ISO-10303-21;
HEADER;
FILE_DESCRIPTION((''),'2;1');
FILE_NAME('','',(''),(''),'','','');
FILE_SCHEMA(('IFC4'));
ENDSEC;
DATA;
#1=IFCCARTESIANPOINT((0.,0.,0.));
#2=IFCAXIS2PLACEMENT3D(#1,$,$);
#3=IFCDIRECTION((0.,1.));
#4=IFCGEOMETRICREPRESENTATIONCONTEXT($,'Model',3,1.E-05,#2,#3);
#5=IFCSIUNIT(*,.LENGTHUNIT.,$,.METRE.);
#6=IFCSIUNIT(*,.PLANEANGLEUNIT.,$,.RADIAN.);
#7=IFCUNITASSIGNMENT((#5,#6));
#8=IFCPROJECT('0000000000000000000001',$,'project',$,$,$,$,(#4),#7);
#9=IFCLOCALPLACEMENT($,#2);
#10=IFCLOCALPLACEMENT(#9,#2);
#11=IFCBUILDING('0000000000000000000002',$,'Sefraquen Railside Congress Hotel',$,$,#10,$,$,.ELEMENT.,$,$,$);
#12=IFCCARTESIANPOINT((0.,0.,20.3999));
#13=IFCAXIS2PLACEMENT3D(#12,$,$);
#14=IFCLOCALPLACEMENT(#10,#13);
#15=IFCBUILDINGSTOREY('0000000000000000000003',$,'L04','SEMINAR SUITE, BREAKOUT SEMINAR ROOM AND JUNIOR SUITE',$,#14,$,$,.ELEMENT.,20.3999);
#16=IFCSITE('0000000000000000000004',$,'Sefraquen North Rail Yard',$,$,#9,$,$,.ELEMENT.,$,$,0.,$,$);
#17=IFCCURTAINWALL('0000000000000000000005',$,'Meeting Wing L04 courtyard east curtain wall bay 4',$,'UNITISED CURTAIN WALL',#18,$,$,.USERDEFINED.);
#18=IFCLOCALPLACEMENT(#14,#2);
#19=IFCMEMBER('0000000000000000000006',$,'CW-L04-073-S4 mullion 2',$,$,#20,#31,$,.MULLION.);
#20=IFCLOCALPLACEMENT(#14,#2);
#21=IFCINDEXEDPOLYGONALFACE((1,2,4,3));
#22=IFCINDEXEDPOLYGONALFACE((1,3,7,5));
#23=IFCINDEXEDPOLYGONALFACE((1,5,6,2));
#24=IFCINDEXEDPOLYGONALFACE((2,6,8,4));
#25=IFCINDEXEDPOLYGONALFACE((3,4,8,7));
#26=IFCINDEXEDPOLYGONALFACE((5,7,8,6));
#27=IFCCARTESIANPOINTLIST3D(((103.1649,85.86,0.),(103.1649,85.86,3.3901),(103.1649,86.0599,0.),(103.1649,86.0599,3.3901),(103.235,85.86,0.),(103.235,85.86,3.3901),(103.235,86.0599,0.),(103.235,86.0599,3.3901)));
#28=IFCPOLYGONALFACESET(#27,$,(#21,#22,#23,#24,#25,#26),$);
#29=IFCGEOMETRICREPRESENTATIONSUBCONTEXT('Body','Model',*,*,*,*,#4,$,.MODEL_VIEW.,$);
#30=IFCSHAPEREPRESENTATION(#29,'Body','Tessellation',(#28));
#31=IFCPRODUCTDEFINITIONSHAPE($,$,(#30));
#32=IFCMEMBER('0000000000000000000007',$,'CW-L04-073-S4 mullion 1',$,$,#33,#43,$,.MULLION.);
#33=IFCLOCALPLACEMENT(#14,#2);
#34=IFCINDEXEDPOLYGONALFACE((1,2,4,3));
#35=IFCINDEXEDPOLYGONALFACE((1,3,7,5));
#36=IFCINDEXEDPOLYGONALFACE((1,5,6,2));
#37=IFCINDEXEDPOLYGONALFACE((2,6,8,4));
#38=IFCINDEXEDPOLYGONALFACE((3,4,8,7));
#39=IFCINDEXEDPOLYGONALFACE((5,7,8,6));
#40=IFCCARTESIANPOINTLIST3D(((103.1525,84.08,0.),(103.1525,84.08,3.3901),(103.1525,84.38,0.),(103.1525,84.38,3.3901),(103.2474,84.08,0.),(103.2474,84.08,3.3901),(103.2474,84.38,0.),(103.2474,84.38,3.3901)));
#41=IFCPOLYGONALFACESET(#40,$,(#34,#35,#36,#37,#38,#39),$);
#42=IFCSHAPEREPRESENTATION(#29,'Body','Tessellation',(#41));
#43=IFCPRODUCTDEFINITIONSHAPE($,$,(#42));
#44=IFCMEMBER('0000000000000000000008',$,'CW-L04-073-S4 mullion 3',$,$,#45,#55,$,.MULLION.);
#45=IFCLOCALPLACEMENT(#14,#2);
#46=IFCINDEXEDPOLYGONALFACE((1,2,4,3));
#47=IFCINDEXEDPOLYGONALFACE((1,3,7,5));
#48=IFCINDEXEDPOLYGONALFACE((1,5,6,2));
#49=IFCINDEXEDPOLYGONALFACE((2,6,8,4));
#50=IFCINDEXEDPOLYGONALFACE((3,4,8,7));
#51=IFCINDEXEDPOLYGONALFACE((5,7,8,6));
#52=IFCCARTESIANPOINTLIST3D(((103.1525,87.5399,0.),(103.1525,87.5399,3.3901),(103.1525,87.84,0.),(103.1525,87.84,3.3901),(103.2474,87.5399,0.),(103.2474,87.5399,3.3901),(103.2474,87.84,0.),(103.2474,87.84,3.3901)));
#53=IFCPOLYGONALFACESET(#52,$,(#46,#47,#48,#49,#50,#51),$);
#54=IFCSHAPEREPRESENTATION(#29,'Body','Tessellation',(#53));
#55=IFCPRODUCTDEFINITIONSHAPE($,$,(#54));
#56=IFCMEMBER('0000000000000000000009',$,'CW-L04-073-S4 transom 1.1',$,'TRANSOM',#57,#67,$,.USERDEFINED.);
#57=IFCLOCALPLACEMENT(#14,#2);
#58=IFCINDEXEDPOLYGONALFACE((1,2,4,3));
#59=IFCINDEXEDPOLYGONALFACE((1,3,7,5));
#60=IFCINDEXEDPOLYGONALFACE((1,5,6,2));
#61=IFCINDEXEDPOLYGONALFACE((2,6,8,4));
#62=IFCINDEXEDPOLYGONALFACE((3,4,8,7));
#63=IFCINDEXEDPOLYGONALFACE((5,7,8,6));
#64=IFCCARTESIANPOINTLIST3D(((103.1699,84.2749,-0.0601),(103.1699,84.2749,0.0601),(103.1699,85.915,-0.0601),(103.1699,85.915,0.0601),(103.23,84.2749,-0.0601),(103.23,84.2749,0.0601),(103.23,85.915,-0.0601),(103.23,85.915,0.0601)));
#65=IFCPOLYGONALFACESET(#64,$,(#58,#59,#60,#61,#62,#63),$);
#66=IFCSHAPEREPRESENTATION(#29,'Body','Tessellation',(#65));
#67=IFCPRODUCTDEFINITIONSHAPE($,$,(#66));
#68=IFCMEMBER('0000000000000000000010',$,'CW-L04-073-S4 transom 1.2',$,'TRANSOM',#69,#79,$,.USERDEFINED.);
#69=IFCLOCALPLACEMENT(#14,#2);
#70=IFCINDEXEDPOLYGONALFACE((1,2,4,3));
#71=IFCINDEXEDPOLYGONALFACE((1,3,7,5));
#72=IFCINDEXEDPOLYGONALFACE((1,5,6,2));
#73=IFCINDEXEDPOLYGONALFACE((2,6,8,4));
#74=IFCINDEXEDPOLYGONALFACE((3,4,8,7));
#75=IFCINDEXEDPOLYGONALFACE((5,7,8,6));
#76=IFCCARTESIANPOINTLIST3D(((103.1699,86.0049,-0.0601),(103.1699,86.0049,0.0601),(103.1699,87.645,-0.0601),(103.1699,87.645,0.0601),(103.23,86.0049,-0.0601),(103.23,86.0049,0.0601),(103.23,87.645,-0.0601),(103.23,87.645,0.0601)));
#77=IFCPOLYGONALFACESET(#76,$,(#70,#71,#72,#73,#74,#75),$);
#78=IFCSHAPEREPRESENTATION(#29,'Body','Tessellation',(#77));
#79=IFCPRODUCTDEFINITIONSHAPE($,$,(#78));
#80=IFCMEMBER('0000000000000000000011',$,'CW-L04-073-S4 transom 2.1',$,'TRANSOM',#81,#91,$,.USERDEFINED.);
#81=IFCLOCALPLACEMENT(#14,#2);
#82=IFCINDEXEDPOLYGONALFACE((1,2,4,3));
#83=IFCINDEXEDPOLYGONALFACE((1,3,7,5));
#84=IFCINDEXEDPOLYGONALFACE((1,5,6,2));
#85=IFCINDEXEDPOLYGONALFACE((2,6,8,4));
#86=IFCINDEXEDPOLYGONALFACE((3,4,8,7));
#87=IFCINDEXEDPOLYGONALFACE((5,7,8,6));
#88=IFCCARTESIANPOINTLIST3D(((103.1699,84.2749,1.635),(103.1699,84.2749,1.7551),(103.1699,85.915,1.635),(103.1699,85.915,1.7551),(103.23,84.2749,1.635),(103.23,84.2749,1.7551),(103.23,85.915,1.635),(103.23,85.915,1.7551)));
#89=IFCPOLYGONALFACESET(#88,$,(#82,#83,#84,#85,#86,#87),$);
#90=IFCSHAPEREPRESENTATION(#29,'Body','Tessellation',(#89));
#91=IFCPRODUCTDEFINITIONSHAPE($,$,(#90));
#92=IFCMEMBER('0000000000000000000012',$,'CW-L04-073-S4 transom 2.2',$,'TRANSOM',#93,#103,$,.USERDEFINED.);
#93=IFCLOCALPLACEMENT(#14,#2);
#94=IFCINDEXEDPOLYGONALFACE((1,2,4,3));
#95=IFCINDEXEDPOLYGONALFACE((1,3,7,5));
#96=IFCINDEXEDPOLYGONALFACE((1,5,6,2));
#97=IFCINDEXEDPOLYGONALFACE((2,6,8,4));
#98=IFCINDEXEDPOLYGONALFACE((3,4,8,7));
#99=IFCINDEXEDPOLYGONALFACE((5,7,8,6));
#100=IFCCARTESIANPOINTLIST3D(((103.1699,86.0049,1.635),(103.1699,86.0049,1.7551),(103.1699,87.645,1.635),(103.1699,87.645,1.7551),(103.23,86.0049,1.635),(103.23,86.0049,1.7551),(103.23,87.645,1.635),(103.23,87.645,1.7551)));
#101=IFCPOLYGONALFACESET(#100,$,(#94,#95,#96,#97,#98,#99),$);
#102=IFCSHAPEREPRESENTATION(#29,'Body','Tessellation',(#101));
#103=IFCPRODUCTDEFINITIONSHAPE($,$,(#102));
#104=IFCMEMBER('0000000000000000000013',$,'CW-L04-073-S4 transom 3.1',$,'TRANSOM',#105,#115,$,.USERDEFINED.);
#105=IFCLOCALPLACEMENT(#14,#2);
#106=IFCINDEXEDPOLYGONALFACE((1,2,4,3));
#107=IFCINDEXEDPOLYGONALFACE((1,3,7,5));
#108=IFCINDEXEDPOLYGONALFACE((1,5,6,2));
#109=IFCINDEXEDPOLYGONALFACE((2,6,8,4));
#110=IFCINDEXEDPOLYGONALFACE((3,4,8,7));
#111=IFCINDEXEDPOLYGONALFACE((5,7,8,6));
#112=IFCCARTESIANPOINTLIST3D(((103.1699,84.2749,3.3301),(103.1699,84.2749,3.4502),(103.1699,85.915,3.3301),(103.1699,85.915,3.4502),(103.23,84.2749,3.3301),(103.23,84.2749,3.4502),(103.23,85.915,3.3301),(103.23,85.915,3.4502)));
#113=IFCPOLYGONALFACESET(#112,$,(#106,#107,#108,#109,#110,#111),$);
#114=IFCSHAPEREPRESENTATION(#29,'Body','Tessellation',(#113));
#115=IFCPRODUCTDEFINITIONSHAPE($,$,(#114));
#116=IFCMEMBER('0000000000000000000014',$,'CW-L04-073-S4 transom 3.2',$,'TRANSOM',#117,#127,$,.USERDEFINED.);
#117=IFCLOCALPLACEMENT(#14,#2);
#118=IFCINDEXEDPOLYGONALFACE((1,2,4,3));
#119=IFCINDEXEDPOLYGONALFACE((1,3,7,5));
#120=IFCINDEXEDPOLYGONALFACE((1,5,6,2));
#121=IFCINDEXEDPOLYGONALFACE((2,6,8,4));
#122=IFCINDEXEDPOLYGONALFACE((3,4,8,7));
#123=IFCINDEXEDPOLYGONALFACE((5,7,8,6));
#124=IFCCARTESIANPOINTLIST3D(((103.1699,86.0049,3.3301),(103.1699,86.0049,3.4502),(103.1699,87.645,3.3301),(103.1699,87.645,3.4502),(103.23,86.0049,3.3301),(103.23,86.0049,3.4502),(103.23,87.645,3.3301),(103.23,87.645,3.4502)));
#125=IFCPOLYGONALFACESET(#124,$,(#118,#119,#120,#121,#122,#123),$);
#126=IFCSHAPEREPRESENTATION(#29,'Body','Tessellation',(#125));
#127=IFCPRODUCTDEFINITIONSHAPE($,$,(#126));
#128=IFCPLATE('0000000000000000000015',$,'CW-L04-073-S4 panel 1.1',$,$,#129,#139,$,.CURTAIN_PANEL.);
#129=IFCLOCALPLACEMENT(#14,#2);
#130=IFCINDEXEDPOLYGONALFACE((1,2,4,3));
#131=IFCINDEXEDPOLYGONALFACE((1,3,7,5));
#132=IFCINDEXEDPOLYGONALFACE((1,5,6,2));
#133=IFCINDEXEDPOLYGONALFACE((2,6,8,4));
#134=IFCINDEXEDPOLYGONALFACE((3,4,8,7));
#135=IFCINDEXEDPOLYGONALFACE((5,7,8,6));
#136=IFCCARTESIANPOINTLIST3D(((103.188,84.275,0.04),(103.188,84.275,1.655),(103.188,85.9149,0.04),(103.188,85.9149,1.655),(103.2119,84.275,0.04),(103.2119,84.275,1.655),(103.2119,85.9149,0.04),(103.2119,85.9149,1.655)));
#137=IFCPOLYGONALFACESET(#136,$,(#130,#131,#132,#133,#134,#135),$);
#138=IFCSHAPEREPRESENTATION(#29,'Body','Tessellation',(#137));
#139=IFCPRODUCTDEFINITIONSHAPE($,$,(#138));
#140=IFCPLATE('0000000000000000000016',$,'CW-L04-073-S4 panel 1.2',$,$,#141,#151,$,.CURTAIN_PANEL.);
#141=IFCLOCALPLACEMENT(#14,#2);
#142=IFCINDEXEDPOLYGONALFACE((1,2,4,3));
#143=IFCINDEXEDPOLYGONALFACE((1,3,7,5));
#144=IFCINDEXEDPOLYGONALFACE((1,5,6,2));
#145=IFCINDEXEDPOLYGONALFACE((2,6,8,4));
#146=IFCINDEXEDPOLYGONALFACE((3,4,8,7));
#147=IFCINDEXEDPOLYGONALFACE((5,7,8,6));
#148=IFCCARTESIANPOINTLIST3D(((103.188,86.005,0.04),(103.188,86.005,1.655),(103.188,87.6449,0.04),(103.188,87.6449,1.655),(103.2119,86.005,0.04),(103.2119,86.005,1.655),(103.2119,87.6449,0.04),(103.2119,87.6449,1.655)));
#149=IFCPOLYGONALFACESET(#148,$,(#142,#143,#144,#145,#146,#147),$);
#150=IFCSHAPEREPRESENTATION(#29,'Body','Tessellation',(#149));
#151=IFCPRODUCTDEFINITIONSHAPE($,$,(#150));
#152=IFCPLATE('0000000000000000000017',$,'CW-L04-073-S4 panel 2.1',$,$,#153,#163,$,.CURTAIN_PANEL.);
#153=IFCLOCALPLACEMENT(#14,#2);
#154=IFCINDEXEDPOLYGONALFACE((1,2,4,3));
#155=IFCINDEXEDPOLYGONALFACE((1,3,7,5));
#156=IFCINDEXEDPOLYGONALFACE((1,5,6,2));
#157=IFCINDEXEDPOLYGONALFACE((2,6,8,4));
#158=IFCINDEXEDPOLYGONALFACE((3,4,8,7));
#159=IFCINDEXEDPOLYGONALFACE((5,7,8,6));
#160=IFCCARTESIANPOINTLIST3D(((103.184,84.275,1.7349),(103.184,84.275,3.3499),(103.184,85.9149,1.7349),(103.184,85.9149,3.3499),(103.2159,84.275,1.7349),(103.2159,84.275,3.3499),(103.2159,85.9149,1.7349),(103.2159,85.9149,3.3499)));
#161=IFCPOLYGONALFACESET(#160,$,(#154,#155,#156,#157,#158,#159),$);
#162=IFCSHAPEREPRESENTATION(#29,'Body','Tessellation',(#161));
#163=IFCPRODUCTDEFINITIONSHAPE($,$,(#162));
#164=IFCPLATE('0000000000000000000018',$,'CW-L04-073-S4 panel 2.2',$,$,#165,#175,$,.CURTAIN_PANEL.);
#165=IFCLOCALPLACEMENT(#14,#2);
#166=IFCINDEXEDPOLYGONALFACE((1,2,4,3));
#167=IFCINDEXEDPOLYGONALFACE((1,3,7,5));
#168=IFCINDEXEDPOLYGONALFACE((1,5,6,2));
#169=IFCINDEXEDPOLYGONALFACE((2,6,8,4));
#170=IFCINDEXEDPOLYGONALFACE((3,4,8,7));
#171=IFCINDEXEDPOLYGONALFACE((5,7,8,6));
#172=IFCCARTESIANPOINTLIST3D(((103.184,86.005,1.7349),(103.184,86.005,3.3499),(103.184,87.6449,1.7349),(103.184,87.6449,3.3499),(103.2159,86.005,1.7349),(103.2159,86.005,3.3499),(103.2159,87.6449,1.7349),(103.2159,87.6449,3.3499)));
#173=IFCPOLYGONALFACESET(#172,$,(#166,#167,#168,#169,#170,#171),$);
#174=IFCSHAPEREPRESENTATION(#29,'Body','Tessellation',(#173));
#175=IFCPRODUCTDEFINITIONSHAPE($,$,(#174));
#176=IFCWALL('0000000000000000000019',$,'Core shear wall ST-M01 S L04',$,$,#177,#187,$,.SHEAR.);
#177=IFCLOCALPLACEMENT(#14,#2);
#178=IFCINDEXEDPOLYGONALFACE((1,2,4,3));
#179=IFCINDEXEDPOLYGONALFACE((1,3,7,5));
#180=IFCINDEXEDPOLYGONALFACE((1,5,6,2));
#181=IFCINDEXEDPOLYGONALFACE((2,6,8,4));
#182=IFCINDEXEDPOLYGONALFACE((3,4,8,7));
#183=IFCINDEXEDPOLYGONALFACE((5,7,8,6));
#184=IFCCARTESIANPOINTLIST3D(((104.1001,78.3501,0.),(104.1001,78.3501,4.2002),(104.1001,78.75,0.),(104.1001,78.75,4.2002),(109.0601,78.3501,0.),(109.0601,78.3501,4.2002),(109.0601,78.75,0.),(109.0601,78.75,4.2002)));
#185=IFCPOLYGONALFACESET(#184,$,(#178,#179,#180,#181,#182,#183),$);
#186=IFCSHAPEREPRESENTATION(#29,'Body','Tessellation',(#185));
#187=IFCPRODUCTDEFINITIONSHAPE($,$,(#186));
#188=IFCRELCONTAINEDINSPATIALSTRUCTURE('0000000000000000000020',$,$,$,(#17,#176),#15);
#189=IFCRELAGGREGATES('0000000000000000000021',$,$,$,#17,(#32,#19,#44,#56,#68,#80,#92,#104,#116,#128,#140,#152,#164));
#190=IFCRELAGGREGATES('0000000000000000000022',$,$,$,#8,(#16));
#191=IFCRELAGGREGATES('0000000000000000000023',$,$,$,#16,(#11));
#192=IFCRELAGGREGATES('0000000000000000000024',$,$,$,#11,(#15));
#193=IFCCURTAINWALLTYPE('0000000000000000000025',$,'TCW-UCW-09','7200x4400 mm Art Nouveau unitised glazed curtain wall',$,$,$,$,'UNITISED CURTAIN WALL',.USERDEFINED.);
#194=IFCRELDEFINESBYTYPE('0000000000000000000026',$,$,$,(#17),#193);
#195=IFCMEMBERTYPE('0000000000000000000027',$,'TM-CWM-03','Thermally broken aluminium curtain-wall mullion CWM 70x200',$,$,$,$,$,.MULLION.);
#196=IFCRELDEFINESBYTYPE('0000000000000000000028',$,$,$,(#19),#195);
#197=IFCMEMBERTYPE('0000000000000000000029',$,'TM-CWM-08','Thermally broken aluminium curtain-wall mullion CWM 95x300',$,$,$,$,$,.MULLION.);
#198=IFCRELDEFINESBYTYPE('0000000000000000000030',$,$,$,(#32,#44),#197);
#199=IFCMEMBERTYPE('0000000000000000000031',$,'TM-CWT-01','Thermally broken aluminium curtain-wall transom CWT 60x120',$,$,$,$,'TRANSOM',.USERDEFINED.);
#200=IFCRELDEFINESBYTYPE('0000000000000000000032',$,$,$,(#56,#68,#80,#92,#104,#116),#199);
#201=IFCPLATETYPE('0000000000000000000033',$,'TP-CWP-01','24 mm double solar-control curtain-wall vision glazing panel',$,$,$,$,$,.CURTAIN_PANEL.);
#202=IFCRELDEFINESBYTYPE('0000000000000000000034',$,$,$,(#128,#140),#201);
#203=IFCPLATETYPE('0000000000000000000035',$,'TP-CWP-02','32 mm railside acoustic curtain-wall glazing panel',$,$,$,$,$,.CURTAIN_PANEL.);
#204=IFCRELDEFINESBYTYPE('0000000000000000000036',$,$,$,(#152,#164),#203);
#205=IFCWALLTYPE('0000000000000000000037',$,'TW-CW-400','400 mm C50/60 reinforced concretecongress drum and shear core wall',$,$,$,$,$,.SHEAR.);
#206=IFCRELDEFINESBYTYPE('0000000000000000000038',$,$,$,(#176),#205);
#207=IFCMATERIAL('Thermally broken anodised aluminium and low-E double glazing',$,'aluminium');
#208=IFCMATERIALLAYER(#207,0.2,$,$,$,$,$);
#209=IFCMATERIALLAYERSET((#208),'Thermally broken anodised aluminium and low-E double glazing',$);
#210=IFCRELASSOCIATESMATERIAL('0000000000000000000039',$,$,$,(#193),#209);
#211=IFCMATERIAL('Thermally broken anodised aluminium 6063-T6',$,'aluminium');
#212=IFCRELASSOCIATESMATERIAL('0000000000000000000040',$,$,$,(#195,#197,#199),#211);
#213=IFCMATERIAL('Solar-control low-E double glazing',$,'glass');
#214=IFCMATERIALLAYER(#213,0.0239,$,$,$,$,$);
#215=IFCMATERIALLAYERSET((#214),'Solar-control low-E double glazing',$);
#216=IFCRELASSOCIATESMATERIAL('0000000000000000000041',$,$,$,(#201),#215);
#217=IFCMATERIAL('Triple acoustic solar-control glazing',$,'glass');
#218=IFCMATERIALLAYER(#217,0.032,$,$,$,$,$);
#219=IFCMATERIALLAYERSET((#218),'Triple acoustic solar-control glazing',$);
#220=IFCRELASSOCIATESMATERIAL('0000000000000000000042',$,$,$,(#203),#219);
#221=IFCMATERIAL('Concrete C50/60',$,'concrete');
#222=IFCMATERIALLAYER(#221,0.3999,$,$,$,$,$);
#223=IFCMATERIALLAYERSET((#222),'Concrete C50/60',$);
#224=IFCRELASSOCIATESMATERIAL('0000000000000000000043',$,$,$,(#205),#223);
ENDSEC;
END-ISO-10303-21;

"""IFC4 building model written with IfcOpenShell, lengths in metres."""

from ifc_helpers import new_model, si_unit, direction, frame, frame_2d, origin, origin_2d, place, context, subcontext, project, spatial, rectangle, extrude, material, layer, layer_set, material_profile, profile_set, type_object, element, aggregate, save


model = new_model("IFC4")

# Units and contexts
model_context = context("Model", 3, precision=1e-05, world=origin(), true_north=direction((0.0, 1.0)))
body_context = subcontext(model_context, "Body", "Model", "MODEL_VIEW")
ifc_project = project(units=[si_unit("LENGTHUNIT", "METRE"), si_unit("PLANEANGLEUNIT", "RADIAN")], contexts=[model_context])

# Site, building, storey
site_placement = place(None, origin())
site = spatial("IfcSite", under=ifc_project, at=site_placement, Name="Sefraquen North Rail Yard", CompositionType="ELEMENT", RefElevation=0.0)
building_placement = place(site_placement, origin())
building = spatial("IfcBuilding", under=site, at=building_placement, Name="Sefraquen Railside Congress Hotel", CompositionType="ELEMENT")
storey_placement = place(building_placement, frame((0.0, 0.0, 20.3999)))
storey = spatial("IfcBuildingStorey", under=building, at=storey_placement, Name="L04", Description="SEMINAR SUITE, BREAKOUT SEMINAR ROOM AND JUNIOR SUITE", CompositionType="ELEMENT", Elevation=20.3999)

# Curtain wall, members, plates
ifc_material_1 = material(Name="Thermally broken anodised aluminium and low-E double glazing", Category="aluminium")
ifc_layer_1 = layer(ifc_material_1, 0.2)
ifc_layer_set_1 = layer_set([ifc_layer_1], Name="Thermally broken anodised aluminium and low-E double glazing")
curtain_wall_type = type_object("IfcCurtainWallType", Name="TCW-UCW-09", Description="7200x4400 mm Art Nouveau unitised glazed curtain wall", ElementType="UNITISED CURTAIN WALL", PredefinedType="USERDEFINED", material=ifc_layer_set_1)
curtain_wall_placement = place(storey_placement, origin())
curtain_wall = element("IfcCurtainWall", 1, at=curtain_wall_placement, inside=storey, type_object=curtain_wall_type, Name="Meeting Wing L04 courtyard east curtain wall bay 4", ObjectType="UNITISED CURTAIN WALL", PredefinedType="USERDEFINED")
ifc_material_2 = material(Name="Thermally broken anodised aluminium 6063-T6", Category="aluminium")
ifc_material_profile_1 = material_profile(ifc_material_2, rectangle(XDim=0.0701, YDim=0.2, at=origin_2d()), Name="CWM 70x200")
ifc_profile_set_1 = profile_set([ifc_material_profile_1], Name="Thermally broken anodised aluminium 6063-T6")
member_type_1 = type_object("IfcMemberType", Name="TM-CWM-03", Description="Thermally broken aluminium curtain-wall mullion CWM 70x200", PredefinedType="MULLION", material=ifc_profile_set_1)
member_1_placement = place(storey_placement, frame((103.2, 85.96, 0.0), z_axis=(0.0, 0.0, 1.0), x_axis=(1.0, 0.0, 0.0)))
member_1 = element("IfcMember", 2, at=member_1_placement, type_object=member_type_1, Name="CW-L04-073-S4 mullion 2", PredefinedType="MULLION", context=body_context, shape_type="SweptSolid", body=[
    extrude(rectangle(XDim=0.0701, YDim=0.2, at=origin_2d()), origin(), (0.0, 0.0, 1.0), 3.3901),
])
ifc_material_profile_2 = material_profile(ifc_material_2, rectangle(XDim=0.095, YDim=0.3, at=origin_2d()), Name="CWM 95x300")
ifc_profile_set_2 = profile_set([ifc_material_profile_2], Name="Thermally broken anodised aluminium 6063-T6")
member_type_2 = type_object("IfcMemberType", Name="TM-CWM-08", Description="Thermally broken aluminium curtain-wall mullion CWM 95x300", PredefinedType="MULLION", material=ifc_profile_set_2)
member_2_placement = place(storey_placement, frame((103.2, 84.23, 0.0), z_axis=(0.0, 0.0, 1.0), x_axis=(1.0, 0.0, 0.0)))
member_2 = element("IfcMember", 3, at=member_2_placement, type_object=member_type_2, Name="CW-L04-073-S4 mullion 1", PredefinedType="MULLION", context=body_context, shape_type="SweptSolid", body=[
    extrude(rectangle(XDim=0.095, YDim=0.3, at=origin_2d()), origin(), (0.0, 0.0, 1.0), 3.3901),
])
member_3_placement = place(storey_placement, frame((103.2, 87.6899, 0.0), z_axis=(0.0, 0.0, 1.0), x_axis=(1.0, 0.0, 0.0)))
member_3 = element("IfcMember", 4, at=member_3_placement, type_object=member_type_2, Name="CW-L04-073-S4 mullion 3", PredefinedType="MULLION", context=body_context, shape_type="SweptSolid", body=[
    extrude(rectangle(XDim=0.095, YDim=0.3, at=origin_2d()), origin(), (0.0, 0.0, 1.0), 3.3901),
])
ifc_material_profile_3 = material_profile(ifc_material_2, rectangle(XDim=0.0601, YDim=0.1201, at=origin_2d()), Name="CWT 60x120")
ifc_profile_set_3 = profile_set([ifc_material_profile_3], Name="Thermally broken anodised aluminium 6063-T6")
member_type_3 = type_object("IfcMemberType", Name="TM-CWT-01", Description="Thermally broken aluminium curtain-wall transom CWT 60x120", ElementType="TRANSOM", PredefinedType="USERDEFINED", material=ifc_profile_set_3)
member_4_placement = place(storey_placement, frame((103.2, 84.2749, 0.0), z_axis=(0.0, 1.0, 0.0), x_axis=(-1.0, 0.0, 0.0)))
member_4 = element("IfcMember", 5, at=member_4_placement, type_object=member_type_3, Name="CW-L04-073-S4 transom 1.1", ObjectType="TRANSOM", PredefinedType="USERDEFINED", context=body_context, shape_type="SweptSolid", body=[
    extrude(rectangle(XDim=0.0601, YDim=0.1201, at=origin_2d()), origin(), (0.0, 0.0, 1.0), 1.6401),
])
member_5_placement = place(storey_placement, frame((103.2, 86.0049, 0.0), z_axis=(0.0, 1.0, 0.0), x_axis=(-1.0, 0.0, 0.0)))
member_5 = element("IfcMember", 6, at=member_5_placement, type_object=member_type_3, Name="CW-L04-073-S4 transom 1.2", ObjectType="TRANSOM", PredefinedType="USERDEFINED", context=body_context, shape_type="SweptSolid", body=[
    extrude(rectangle(XDim=0.0601, YDim=0.1201, at=origin_2d()), origin(), (0.0, 0.0, 1.0), 1.6401),
])
member_6_placement = place(storey_placement, frame((103.2, 84.2749, 1.6951), z_axis=(0.0, 1.0, 0.0), x_axis=(-1.0, 0.0, 0.0)))
member_6 = element("IfcMember", 7, at=member_6_placement, type_object=member_type_3, Name="CW-L04-073-S4 transom 2.1", ObjectType="TRANSOM", PredefinedType="USERDEFINED", context=body_context, shape_type="SweptSolid", body=[
    extrude(rectangle(XDim=0.0601, YDim=0.1201, at=origin_2d()), origin(), (0.0, 0.0, 1.0), 1.6401),
])
member_7_placement = place(storey_placement, frame((103.2, 86.0049, 1.6951), z_axis=(0.0, 1.0, 0.0), x_axis=(-1.0, 0.0, 0.0)))
member_7 = element("IfcMember", 8, at=member_7_placement, type_object=member_type_3, Name="CW-L04-073-S4 transom 2.2", ObjectType="TRANSOM", PredefinedType="USERDEFINED", context=body_context, shape_type="SweptSolid", body=[
    extrude(rectangle(XDim=0.0601, YDim=0.1201, at=origin_2d()), origin(), (0.0, 0.0, 1.0), 1.6401),
])
member_8_placement = place(storey_placement, frame((103.2, 84.2749, 3.3901), z_axis=(0.0, 1.0, 0.0), x_axis=(-1.0, 0.0, 0.0)))
member_8 = element("IfcMember", 9, at=member_8_placement, type_object=member_type_3, Name="CW-L04-073-S4 transom 3.1", ObjectType="TRANSOM", PredefinedType="USERDEFINED", context=body_context, shape_type="SweptSolid", body=[
    extrude(rectangle(XDim=0.0601, YDim=0.1201, at=origin_2d()), origin(), (0.0, 0.0, 1.0), 1.6401),
])
member_9_placement = place(storey_placement, frame((103.2, 86.0049, 3.3901), z_axis=(0.0, 1.0, 0.0), x_axis=(-1.0, 0.0, 0.0)))
member_9 = element("IfcMember", 10, at=member_9_placement, type_object=member_type_3, Name="CW-L04-073-S4 transom 3.2", ObjectType="TRANSOM", PredefinedType="USERDEFINED", context=body_context, shape_type="SweptSolid", body=[
    extrude(rectangle(XDim=0.0601, YDim=0.1201, at=origin_2d()), origin(), (0.0, 0.0, 1.0), 1.6401),
])
ifc_material_3 = material(Name="Solar-control low-E double glazing", Category="glass")
ifc_layer_2 = layer(ifc_material_3, 0.0239)
ifc_layer_set_2 = layer_set([ifc_layer_2], Name="Solar-control low-E double glazing")
plate_type_1 = type_object("IfcPlateType", Name="TP-CWP-01", Description="24 mm double solar-control curtain-wall vision glazing panel", PredefinedType="CURTAIN_PANEL", material=ifc_layer_set_2)
plate_1_placement = place(storey_placement, frame((103.2, 85.095, 0.04), z_axis=(0.0, 0.0, 1.0), x_axis=(0.0, 1.0, 0.0)))
plate_1 = element("IfcPlate", 11, at=plate_1_placement, type_object=plate_type_1, Name="CW-L04-073-S4 panel 1.1", PredefinedType="CURTAIN_PANEL", context=body_context, shape_type="SweptSolid", body=[
    extrude(rectangle(XDim=1.6399, YDim=0.0239, at=origin_2d()), origin(), (0.0, 0.0, 1.0), 1.615),
])
plate_2_placement = place(storey_placement, frame((103.2, 86.825, 0.04), z_axis=(0.0, 0.0, 1.0), x_axis=(0.0, 1.0, 0.0)))
plate_2 = element("IfcPlate", 12, at=plate_2_placement, type_object=plate_type_1, Name="CW-L04-073-S4 panel 1.2", PredefinedType="CURTAIN_PANEL", context=body_context, shape_type="SweptSolid", body=[
    extrude(rectangle(XDim=1.6399, YDim=0.0239, at=origin_2d()), origin(), (0.0, 0.0, 1.0), 1.615),
])
ifc_material_4 = material(Name="Triple acoustic solar-control glazing", Category="glass")
ifc_layer_3 = layer(ifc_material_4, 0.032)
ifc_layer_set_3 = layer_set([ifc_layer_3], Name="Triple acoustic solar-control glazing")
plate_type_2 = type_object("IfcPlateType", Name="TP-CWP-02", Description="32 mm railside acoustic curtain-wall glazing panel", PredefinedType="CURTAIN_PANEL", material=ifc_layer_set_3)
plate_3_placement = place(storey_placement, frame((103.2, 85.095, 1.7349), z_axis=(0.0, 0.0, 1.0), x_axis=(0.0, 1.0, 0.0)))
plate_3 = element("IfcPlate", 13, at=plate_3_placement, type_object=plate_type_2, Name="CW-L04-073-S4 panel 2.1", PredefinedType="CURTAIN_PANEL", context=body_context, shape_type="SweptSolid", body=[
    extrude(rectangle(XDim=1.6399, YDim=0.032, at=origin_2d()), origin(), (0.0, 0.0, 1.0), 1.615),
])
plate_4_placement = place(storey_placement, frame((103.2, 86.825, 1.7349), z_axis=(0.0, 0.0, 1.0), x_axis=(0.0, 1.0, 0.0)))
plate_4 = element("IfcPlate", 14, at=plate_4_placement, type_object=plate_type_2, Name="CW-L04-073-S4 panel 2.2", PredefinedType="CURTAIN_PANEL", context=body_context, shape_type="SweptSolid", body=[
    extrude(rectangle(XDim=1.6399, YDim=0.032, at=origin_2d()), origin(), (0.0, 0.0, 1.0), 1.615),
])
aggregate(curtain_wall, [member_2, member_1, member_3, member_4, member_5, member_6, member_7, member_8, member_9, plate_1, plate_2, plate_3, plate_4])

# Wall
ifc_material_5 = material(Name="Concrete C50/60", Category="concrete")
ifc_layer_4 = layer(ifc_material_5, 0.3999)
ifc_layer_set_4 = layer_set([ifc_layer_4], Name="Concrete C50/60")
wall_type = type_object("IfcWallType", Name="TW-CW-400", Description="400 mm C50/60 reinforced concretecongress drum and shear core wall", PredefinedType="SHEAR", material=ifc_layer_set_4)
wall_1_placement = place(storey_placement, frame((104.1001, 78.55, 0.0), z_axis=(0.0, 0.0, 1.0), x_axis=(1.0, 0.0, 0.0)))
element("IfcWall", 15, at=wall_1_placement, inside=storey, type_object=wall_type, Name="Core shear wall ST-M01 S L04", PredefinedType="SHEAR", context=body_context, shape_type="SweptSolid", body=[
    extrude(rectangle(XDim=4.96, YDim=0.3999, at=frame_2d((2.48, 0.0))), origin(), (0.0, 0.0, 1.0), 4.2002),
])

save(model, "model.ifc")
